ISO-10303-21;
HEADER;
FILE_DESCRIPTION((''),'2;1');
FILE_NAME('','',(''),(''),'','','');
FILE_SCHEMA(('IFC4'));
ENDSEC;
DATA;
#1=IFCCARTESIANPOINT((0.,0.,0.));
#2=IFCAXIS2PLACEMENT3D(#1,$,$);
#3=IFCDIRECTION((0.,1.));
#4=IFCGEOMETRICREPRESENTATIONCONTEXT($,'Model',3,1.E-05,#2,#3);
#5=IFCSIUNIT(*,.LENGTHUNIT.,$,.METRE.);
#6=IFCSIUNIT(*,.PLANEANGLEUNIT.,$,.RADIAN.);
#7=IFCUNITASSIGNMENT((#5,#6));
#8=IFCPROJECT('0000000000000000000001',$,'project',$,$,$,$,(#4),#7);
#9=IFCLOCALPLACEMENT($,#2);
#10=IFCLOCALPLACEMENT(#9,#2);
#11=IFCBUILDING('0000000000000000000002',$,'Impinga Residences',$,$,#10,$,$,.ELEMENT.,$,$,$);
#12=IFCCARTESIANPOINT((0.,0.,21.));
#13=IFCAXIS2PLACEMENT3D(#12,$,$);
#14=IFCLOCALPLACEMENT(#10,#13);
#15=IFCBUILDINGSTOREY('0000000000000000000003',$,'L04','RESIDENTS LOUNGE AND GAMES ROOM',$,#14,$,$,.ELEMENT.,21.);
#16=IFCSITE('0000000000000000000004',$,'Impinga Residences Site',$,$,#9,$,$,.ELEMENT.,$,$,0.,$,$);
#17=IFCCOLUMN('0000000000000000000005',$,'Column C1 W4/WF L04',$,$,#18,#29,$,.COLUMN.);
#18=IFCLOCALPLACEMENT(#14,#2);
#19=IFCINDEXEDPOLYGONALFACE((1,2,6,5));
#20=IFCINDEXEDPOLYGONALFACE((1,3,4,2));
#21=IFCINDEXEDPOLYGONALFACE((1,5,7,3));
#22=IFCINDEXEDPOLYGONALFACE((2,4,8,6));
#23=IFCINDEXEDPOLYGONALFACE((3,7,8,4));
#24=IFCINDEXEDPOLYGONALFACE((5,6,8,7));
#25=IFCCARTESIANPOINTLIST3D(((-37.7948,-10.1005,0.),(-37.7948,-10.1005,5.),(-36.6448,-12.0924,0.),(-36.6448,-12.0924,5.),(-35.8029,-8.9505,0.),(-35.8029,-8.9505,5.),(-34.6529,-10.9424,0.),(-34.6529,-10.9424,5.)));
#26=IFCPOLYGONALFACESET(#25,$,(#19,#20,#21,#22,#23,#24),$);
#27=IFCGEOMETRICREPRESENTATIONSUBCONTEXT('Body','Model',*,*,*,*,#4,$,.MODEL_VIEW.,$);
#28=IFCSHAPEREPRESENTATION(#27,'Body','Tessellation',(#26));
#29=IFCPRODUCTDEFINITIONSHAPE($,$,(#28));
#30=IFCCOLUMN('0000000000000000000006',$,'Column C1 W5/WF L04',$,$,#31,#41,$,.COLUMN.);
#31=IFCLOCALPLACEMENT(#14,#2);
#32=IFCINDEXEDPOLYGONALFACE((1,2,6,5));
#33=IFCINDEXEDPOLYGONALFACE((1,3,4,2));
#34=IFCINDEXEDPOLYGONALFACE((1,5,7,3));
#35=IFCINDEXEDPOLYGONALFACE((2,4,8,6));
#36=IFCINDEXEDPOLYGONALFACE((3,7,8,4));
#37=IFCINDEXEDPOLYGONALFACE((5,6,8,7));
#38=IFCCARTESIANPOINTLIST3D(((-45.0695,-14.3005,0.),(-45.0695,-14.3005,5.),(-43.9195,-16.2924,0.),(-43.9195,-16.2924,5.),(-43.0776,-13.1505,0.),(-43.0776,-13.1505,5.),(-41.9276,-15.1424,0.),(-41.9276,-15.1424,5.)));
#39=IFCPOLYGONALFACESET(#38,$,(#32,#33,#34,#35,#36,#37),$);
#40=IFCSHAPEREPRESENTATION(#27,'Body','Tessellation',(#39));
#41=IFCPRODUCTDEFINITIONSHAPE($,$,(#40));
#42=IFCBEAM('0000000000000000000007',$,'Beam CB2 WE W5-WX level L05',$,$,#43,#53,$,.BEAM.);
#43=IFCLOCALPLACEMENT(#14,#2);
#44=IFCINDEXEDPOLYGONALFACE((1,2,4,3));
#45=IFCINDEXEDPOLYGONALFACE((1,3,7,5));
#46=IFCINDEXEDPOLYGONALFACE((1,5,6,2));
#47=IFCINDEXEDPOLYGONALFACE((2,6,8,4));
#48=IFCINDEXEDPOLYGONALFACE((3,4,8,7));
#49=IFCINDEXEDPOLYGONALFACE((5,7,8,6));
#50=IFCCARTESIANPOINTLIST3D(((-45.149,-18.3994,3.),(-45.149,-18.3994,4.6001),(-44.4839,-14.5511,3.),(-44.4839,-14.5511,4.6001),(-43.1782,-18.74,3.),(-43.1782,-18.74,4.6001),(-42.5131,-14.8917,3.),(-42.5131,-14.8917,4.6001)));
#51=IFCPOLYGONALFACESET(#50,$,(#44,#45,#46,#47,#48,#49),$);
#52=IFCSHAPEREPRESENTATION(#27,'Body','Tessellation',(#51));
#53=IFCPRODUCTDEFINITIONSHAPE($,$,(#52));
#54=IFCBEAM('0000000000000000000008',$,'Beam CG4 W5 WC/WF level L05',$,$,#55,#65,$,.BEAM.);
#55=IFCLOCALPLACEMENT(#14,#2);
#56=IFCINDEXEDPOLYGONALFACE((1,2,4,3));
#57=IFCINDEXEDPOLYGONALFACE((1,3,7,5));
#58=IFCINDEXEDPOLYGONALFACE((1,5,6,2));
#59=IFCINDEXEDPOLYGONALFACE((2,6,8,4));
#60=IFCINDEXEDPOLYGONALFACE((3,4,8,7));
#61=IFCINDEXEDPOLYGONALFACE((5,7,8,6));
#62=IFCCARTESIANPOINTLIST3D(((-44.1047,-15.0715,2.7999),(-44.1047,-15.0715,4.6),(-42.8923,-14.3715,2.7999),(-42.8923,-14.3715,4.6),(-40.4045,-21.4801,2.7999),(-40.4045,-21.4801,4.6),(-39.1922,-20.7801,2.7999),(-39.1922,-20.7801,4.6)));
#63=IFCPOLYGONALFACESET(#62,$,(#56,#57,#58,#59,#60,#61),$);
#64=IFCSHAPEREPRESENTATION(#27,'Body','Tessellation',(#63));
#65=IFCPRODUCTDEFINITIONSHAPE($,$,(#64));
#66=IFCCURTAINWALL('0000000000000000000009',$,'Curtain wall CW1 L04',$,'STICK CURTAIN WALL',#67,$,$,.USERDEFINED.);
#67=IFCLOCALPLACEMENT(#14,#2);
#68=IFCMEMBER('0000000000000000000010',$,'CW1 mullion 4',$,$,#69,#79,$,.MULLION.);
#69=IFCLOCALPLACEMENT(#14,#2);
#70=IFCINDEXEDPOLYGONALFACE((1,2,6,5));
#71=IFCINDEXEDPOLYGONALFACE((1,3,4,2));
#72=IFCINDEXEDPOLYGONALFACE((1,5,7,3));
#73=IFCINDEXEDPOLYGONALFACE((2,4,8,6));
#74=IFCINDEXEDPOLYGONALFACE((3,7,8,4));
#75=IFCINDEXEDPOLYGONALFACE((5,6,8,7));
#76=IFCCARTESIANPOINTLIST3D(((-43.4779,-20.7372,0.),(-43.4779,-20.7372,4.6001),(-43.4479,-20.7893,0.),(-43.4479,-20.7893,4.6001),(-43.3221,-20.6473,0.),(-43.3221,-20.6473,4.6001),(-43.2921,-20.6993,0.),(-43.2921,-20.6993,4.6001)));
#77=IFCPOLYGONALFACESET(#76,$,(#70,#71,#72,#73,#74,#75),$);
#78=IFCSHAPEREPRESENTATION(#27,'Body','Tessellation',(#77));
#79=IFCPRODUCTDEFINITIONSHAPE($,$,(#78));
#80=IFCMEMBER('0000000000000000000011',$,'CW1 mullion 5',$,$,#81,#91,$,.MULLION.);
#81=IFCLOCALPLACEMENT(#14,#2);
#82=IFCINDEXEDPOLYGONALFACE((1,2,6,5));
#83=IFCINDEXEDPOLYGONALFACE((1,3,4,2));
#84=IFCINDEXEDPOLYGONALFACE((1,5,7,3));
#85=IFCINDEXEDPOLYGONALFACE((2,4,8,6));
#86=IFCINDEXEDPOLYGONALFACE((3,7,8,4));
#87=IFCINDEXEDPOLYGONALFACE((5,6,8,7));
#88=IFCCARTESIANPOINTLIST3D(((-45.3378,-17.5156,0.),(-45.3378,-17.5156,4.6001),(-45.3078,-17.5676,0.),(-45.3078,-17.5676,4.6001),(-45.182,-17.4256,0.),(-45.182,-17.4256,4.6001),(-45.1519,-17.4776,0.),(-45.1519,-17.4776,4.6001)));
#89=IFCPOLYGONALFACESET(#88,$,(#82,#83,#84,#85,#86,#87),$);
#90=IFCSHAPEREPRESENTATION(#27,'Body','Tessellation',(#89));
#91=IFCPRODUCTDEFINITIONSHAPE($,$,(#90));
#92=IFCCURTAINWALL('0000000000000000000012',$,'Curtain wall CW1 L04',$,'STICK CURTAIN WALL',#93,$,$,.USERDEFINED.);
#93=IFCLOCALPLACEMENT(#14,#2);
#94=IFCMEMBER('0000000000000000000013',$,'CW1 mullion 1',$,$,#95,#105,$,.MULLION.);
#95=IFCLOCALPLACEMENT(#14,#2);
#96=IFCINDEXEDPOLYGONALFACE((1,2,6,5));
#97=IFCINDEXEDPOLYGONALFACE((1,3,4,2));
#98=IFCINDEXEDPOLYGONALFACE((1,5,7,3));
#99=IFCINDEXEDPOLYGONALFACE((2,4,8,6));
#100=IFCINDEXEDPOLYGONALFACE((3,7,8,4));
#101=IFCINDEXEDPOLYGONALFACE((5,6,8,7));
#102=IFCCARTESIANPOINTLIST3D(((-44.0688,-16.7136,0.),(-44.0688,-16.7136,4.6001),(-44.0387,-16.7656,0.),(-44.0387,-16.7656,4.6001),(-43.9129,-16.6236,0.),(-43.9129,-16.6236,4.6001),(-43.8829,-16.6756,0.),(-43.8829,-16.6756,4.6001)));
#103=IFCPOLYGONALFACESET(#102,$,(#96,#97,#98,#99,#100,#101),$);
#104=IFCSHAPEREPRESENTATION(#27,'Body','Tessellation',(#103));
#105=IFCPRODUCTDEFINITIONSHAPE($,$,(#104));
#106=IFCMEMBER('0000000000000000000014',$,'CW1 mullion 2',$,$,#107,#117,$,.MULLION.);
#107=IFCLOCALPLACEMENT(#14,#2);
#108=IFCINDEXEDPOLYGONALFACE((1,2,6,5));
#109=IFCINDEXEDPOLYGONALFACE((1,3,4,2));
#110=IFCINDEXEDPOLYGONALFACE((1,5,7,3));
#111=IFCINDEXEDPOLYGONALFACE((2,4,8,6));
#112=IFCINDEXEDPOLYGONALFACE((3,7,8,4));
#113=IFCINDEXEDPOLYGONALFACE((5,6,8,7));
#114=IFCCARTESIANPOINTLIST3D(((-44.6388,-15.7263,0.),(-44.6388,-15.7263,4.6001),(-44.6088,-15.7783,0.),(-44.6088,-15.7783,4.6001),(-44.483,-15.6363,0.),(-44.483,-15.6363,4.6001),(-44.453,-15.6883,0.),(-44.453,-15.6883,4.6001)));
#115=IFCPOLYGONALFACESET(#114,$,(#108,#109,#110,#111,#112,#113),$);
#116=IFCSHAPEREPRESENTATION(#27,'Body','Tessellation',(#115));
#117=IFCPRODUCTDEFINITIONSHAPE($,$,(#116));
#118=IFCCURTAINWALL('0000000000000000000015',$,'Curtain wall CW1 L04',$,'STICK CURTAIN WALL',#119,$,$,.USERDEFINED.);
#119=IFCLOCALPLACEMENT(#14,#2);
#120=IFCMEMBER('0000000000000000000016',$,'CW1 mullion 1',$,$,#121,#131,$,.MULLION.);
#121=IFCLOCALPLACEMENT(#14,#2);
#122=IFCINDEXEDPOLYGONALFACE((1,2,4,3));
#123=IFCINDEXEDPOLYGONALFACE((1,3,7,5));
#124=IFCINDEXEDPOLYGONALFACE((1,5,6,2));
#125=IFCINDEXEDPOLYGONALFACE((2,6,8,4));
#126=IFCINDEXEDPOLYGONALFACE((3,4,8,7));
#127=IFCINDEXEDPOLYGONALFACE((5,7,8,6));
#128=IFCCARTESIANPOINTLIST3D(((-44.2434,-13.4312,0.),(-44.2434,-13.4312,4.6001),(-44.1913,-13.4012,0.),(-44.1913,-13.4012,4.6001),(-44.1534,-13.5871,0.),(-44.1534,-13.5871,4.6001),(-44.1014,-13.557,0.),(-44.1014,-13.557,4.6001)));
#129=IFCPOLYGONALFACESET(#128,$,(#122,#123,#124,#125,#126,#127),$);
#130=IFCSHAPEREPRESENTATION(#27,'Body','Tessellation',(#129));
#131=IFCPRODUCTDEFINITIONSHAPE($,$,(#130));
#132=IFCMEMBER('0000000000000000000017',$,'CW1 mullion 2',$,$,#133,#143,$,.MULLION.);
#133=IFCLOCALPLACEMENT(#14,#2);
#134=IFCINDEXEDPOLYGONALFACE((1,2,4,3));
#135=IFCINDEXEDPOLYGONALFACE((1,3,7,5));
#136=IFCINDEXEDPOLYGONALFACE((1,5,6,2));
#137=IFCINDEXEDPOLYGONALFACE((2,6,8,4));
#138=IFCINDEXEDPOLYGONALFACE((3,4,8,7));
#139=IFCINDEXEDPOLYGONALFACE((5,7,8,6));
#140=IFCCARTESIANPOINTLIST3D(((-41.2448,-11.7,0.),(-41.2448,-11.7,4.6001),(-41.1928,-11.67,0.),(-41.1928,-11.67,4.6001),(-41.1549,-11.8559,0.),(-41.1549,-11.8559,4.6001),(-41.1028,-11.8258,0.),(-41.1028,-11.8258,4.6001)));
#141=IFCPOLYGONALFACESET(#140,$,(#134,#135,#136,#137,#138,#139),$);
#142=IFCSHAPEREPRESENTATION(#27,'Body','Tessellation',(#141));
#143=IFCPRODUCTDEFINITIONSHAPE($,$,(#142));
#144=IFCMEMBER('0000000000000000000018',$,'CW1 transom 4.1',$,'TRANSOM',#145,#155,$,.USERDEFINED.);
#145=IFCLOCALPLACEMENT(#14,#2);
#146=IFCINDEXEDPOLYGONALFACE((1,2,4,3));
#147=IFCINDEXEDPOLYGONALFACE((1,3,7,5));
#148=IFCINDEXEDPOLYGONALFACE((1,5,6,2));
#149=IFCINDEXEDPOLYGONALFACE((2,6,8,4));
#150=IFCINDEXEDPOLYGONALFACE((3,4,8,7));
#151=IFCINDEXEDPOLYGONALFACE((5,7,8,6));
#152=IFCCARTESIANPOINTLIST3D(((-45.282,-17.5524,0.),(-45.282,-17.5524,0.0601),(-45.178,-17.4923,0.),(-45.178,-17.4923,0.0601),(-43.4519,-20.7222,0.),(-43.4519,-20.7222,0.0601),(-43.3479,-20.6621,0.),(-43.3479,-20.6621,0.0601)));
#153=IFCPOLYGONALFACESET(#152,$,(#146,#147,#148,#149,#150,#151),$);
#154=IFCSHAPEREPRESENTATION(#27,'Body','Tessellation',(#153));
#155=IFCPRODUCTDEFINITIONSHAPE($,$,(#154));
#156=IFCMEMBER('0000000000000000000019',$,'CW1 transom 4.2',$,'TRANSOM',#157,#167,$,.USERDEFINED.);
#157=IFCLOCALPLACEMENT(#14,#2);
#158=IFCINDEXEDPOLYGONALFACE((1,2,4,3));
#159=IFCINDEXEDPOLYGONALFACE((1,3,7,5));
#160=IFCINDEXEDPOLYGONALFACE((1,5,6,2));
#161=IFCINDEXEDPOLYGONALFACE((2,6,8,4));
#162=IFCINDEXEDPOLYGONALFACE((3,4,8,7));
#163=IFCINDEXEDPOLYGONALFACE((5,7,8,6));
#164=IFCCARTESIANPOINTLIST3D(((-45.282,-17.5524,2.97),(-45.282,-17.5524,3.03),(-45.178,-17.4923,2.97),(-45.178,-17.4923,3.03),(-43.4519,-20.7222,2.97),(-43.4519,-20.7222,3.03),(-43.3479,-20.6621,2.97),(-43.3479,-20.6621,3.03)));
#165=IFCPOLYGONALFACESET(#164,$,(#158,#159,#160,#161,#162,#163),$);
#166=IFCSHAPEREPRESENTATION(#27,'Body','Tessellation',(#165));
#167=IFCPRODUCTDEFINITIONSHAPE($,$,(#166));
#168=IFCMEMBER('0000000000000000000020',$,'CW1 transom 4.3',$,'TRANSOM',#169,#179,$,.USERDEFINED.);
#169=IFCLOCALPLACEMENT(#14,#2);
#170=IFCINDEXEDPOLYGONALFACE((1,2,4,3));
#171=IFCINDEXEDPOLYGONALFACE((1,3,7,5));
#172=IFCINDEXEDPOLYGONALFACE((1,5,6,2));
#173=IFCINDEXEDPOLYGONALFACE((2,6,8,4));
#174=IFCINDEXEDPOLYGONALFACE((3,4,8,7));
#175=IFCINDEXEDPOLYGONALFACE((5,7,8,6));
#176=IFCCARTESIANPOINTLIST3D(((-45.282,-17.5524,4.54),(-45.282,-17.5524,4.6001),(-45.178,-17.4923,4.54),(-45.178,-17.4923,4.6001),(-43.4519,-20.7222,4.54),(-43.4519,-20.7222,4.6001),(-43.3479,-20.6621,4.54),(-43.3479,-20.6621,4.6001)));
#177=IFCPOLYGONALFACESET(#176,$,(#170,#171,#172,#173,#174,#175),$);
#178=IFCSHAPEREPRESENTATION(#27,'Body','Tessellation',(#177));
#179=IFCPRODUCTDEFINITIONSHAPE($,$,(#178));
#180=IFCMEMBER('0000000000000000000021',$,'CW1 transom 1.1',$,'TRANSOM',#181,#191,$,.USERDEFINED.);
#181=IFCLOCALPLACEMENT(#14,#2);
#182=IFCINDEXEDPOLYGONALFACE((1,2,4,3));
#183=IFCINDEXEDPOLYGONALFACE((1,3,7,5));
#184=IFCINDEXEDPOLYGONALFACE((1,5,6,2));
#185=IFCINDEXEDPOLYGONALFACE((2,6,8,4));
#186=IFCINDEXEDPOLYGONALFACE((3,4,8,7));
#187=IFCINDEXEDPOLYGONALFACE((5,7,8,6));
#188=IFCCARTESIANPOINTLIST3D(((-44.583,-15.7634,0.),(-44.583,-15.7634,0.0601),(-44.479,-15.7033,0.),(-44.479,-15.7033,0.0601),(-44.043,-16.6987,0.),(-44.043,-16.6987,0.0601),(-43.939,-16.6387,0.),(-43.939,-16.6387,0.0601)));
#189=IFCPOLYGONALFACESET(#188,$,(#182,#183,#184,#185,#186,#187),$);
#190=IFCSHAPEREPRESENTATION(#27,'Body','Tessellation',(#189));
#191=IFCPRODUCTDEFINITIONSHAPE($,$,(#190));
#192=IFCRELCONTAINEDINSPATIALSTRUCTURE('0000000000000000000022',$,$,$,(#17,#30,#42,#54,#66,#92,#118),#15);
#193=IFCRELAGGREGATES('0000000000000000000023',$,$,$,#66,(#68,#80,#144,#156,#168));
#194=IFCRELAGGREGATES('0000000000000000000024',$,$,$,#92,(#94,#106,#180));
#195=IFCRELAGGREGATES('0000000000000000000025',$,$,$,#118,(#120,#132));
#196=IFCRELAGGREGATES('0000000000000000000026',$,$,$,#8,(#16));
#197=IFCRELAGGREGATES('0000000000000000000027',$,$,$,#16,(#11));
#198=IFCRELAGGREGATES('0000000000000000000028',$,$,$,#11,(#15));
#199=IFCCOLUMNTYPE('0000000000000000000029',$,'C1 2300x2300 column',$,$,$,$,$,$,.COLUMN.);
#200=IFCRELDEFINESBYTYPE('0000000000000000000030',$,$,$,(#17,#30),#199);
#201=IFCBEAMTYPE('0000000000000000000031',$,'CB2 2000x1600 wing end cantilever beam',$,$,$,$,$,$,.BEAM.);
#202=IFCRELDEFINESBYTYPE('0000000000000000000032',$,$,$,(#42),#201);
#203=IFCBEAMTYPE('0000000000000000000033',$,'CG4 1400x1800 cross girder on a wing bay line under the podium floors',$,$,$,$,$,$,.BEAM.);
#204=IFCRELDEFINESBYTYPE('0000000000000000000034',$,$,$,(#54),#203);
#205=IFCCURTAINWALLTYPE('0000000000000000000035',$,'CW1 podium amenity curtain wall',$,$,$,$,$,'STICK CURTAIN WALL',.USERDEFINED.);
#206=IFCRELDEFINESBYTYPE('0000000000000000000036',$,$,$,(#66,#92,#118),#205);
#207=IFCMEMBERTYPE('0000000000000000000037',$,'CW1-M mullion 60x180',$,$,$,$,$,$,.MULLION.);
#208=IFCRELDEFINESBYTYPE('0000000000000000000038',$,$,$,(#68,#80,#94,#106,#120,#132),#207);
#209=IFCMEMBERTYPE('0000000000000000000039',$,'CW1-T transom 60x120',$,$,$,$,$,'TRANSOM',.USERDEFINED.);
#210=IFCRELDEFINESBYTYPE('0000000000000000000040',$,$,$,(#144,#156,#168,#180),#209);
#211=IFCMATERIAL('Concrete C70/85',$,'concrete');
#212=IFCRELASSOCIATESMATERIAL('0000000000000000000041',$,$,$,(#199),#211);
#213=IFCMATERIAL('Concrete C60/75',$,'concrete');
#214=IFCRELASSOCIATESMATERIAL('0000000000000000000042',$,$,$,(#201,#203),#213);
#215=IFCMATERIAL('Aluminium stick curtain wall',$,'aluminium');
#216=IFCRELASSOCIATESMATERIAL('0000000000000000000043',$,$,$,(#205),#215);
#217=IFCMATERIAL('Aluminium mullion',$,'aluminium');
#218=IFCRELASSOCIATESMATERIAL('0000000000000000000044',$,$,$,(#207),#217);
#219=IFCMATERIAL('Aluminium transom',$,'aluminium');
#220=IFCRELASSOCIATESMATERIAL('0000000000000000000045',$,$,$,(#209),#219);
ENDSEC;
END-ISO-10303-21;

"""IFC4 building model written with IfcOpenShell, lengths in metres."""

from ifc_helpers import new_model, si_unit, direction, frame, origin, origin_2d, place, context, subcontext, project, spatial, rectangle, extrude, material, material_profile, profile_set, type_object, element, aggregate, save


model = new_model("IFC4")

# Units and contexts
model_context = context("Model", 3, precision=1e-05, world=origin(), true_north=direction((0.0, 1.0)))
body_context = subcontext(model_context, "Body", "Model", "MODEL_VIEW")
ifc_project = project(units=[si_unit("LENGTHUNIT", "METRE"), si_unit("PLANEANGLEUNIT", "RADIAN")], contexts=[model_context])

# Site, building, storey
site_placement = place(None, origin())
site = spatial("IfcSite", under=ifc_project, at=site_placement, Name="Impinga Residences Site", CompositionType="ELEMENT", RefElevation=0.0)
building_placement = place(site_placement, origin())
building = spatial("IfcBuilding", under=site, at=building_placement, Name="Impinga Residences", CompositionType="ELEMENT")
storey_placement = place(building_placement, frame((0.0, 0.0, 21.0)))
storey = spatial("IfcBuildingStorey", under=building, at=storey_placement, Name="L04", Description="RESIDENTS LOUNGE AND GAMES ROOM", CompositionType="ELEMENT", Elevation=21.0)

# Columns
ifc_material_1 = material(Name="Concrete C70/85", Category="concrete")
ifc_material_profile_1 = material_profile(ifc_material_1, rectangle(XDim=2.3, YDim=2.3, at=origin_2d()), Name="RC 2300x2300")
ifc_profile_set_1 = profile_set([ifc_material_profile_1], Name="Concrete C70/85")
column_type = type_object("IfcColumnType", Name="C1 2300x2300 column", PredefinedType="COLUMN", material=ifc_profile_set_1)
for number, where, z_axis, x_axis, name in (
    (1, (-36.2239, -10.5215, 0.0), (0.0, 0.0, 1.0), (-0.5, 0.866025, 0.0), "Column C1 W4/WF L04"),
    (2, (-43.4985, -14.7214, 0.0), (0.0, 0.0, 1.0), (-0.5, 0.866025, 0.0), "Column C1 W5/WF L04"),
):
    element("IfcColumn", number, at=place(storey_placement, frame(where, z_axis=z_axis, x_axis=x_axis)), inside=storey, type_object=column_type, Name=name, PredefinedType="COLUMN", context=body_context, shape_type="SweptSolid", body=[
        extrude(rectangle(XDim=2.3, YDim=2.3, at=origin_2d()), origin(), (0.0, 0.0, 1.0), 5.0),
    ])

# Beams
ifc_material_2 = material(Name="Concrete C60/75", Category="concrete")
ifc_material_profile_2 = material_profile(ifc_material_2, rectangle(XDim=2.0, YDim=1.6001, at=origin_2d()), Name="RC 2000x1600")
ifc_profile_set_2 = profile_set([ifc_material_profile_2], Name="Concrete C60/75")
beam_type_1 = type_object("IfcBeamType", Name="CB2 2000x1600 wing end cantilever beam", PredefinedType="BEAM", material=ifc_profile_set_2)
beam_1_placement = place(storey_placement, frame((-43.4985, -14.7214, 3.8), z_axis=(-0.170296, -0.985393, 0.0), x_axis=(0.985393, -0.170296, 0.0)))
element("IfcBeam", 3, at=beam_1_placement, inside=storey, type_object=beam_type_1, Name="Beam CB2 WE W5-WX level L05", PredefinedType="BEAM", context=body_context, shape_type="SweptSolid", body=[
    extrude(rectangle(XDim=2.0, YDim=1.6001, at=origin_2d()), origin(), (0.0, 0.0, 1.0), 3.9053),
])
ifc_material_profile_3 = material_profile(ifc_material_2, rectangle(XDim=1.3999, YDim=1.8, at=origin_2d()), Name="RC 1400x1800")
ifc_profile_set_3 = profile_set([ifc_material_profile_3], Name="Concrete C60/75")
beam_type_2 = type_object("IfcBeamType", Name="CG4 1400x1800 cross girder on a wing bay line under the podium floors", PredefinedType="BEAM", material=ifc_profile_set_3)
beam_2_placement = place(storey_placement, frame((-39.7983, -21.1301, 3.7), z_axis=(-0.500014, 0.866017, 0.0), x_axis=(-0.866017, -0.500014, 0.0)))
element("IfcBeam", 4, at=beam_2_placement, inside=storey, type_object=beam_type_2, Name="Beam CG4 W5 WC/WF level L05", PredefinedType="BEAM", context=body_context, shape_type="SweptSolid", body=[
    extrude(rectangle(XDim=1.3999, YDim=1.8, at=origin_2d()), origin(), (0.0, 0.0, 1.0), 7.4001),
])

# Curtain walls, members
ifc_material_3 = material(Name="Aluminium stick curtain wall", Category="aluminium")
curtain_wall_type = type_object("IfcCurtainWallType", Name="CW1 podium amenity curtain wall", ElementType="STICK CURTAIN WALL", PredefinedType="USERDEFINED", material=ifc_material_3)
curtain_wall_1_placement = place(storey_placement, origin())
curtain_wall_1 = element("IfcCurtainWall", 5, at=curtain_wall_1_placement, inside=storey, type_object=curtain_wall_type, Name="Curtain wall CW1 L04", ObjectType="STICK CURTAIN WALL", PredefinedType="USERDEFINED")
ifc_material_4 = material(Name="Aluminium mullion", Category="aluminium")
ifc_material_profile_4 = material_profile(ifc_material_4, rectangle(XDim=0.0601, YDim=0.1799, at=origin_2d()), Name="60x180 mullion")
ifc_profile_set_4 = profile_set([ifc_material_profile_4], Name="Aluminium mullion")
member_type_1 = type_object("IfcMemberType", Name="CW1-M mullion 60x180", PredefinedType="MULLION", material=ifc_profile_set_4)
member_1_placement = place(storey_placement, frame((-43.385, -20.7183, 0.0), z_axis=(0.0, 0.0, 1.0), x_axis=(-0.5, 0.866025, 0.0)))
member_1 = element("IfcMember", 6, at=member_1_placement, type_object=member_type_1, Name="CW1 mullion 4", PredefinedType="MULLION", context=body_context, shape_type="SweptSolid", body=[
    extrude(rectangle(XDim=0.0601, YDim=0.1799, at=origin_2d()), origin(), (0.0, 0.0, 1.0), 4.6001),
])
member_2_placement = place(storey_placement, frame((-45.2449, -17.4966, 0.0), z_axis=(0.0, 0.0, 1.0), x_axis=(-0.5, 0.866025, 0.0)))
member_2 = element("IfcMember", 7, at=member_2_placement, type_object=member_type_1, Name="CW1 mullion 5", PredefinedType="MULLION", context=body_context, shape_type="SweptSolid", body=[
    extrude(rectangle(XDim=0.0601, YDim=0.1799, at=origin_2d()), origin(), (0.0, 0.0, 1.0), 4.6001),
])
curtain_wall_2_placement = place(storey_placement, origin())
curtain_wall_2 = element("IfcCurtainWall", 8, at=curtain_wall_2_placement, inside=storey, type_object=curtain_wall_type, Name="Curtain wall CW1 L04", ObjectType="STICK CURTAIN WALL", PredefinedType="USERDEFINED")
member_3_placement = place(storey_placement, frame((-43.9758, -16.6946, 0.0), z_axis=(0.0, 0.0, 1.0), x_axis=(-0.5, 0.866025, 0.0)))
member_3 = element("IfcMember", 9, at=member_3_placement, type_object=member_type_1, Name="CW1 mullion 1", PredefinedType="MULLION", context=body_context, shape_type="SweptSolid", body=[
    extrude(rectangle(XDim=0.0601, YDim=0.1799, at=origin_2d()), origin(), (0.0, 0.0, 1.0), 4.6001),
])
member_4_placement = place(storey_placement, frame((-44.5459, -15.7073, 0.0), z_axis=(0.0, 0.0, 1.0), x_axis=(-0.5, 0.866025, 0.0)))
member_4 = element("IfcMember", 10, at=member_4_placement, type_object=member_type_1, Name="CW1 mullion 2", PredefinedType="MULLION", context=body_context, shape_type="SweptSolid", body=[
    extrude(rectangle(XDim=0.0601, YDim=0.1799, at=origin_2d()), origin(), (0.0, 0.0, 1.0), 4.6001),
])
curtain_wall_3_placement = place(storey_placement, origin())
curtain_wall_3 = element("IfcCurtainWall", 11, at=curtain_wall_3_placement, inside=storey, type_object=curtain_wall_type, Name="Curtain wall CW1 L04", ObjectType="STICK CURTAIN WALL", PredefinedType="USERDEFINED")
member_5_placement = place(storey_placement, frame((-44.1724, -13.4941, 0.0), z_axis=(0.0, 0.0, 1.0), x_axis=(0.866026, 0.5, 0.0)))
member_5 = element("IfcMember", 12, at=member_5_placement, type_object=member_type_1, Name="CW1 mullion 1", PredefinedType="MULLION", context=body_context, shape_type="SweptSolid", body=[
    extrude(rectangle(XDim=0.0601, YDim=0.1799, at=origin_2d()), origin(), (0.0, 0.0, 1.0), 4.6001),
])
member_6_placement = place(storey_placement, frame((-41.1738, -11.7629, 0.0), z_axis=(0.0, 0.0, 1.0), x_axis=(0.866026, 0.5, 0.0)))
member_6 = element("IfcMember", 13, at=member_6_placement, type_object=member_type_1, Name="CW1 mullion 2", PredefinedType="MULLION", context=body_context, shape_type="SweptSolid", body=[
    extrude(rectangle(XDim=0.0601, YDim=0.1799, at=origin_2d()), origin(), (0.0, 0.0, 1.0), 4.6001),
])

# Members
ifc_material_5 = material(Name="Aluminium transom", Category="aluminium")
ifc_material_profile_5 = material_profile(ifc_material_5, rectangle(XDim=0.0601, YDim=0.1201, at=origin_2d()), Name="60x120 transom")
ifc_profile_set_5 = profile_set([ifc_material_profile_5], Name="Aluminium transom")
member_type_2 = type_object("IfcMemberType", Name="CW1-T transom 60x120", ElementType="TRANSOM", PredefinedType="USERDEFINED", material=ifc_profile_set_5)
member_7_placement = place(storey_placement, frame((-43.3999, -20.6921, 0.03), z_axis=(-0.500013, 0.866018, 0.0), x_axis=(0.0, 0.0, 1.0)))
member_7 = element("IfcMember", 14, at=member_7_placement, type_object=member_type_2, Name="CW1 transom 4.1", ObjectType="TRANSOM", PredefinedType="USERDEFINED", context=body_context, shape_type="SweptSolid", body=[
    extrude(rectangle(XDim=0.0601, YDim=0.1201, at=origin_2d()), origin(), (0.0, 0.0, 1.0), 3.6602),
])
member_8_placement = place(storey_placement, frame((-43.3999, -20.6921, 3.0), z_axis=(-0.500013, 0.866018, 0.0), x_axis=(0.0, 0.0, 1.0)))
member_8 = element("IfcMember", 15, at=member_8_placement, type_object=member_type_2, Name="CW1 transom 4.2", ObjectType="TRANSOM", PredefinedType="USERDEFINED", context=body_context, shape_type="SweptSolid", body=[
    extrude(rectangle(XDim=0.0601, YDim=0.1201, at=origin_2d()), origin(), (0.0, 0.0, 1.0), 3.6602),
])
member_9_placement = place(storey_placement, frame((-43.3999, -20.6921, 4.5701), z_axis=(-0.500013, 0.866018, 0.0), x_axis=(0.0, 0.0, 1.0)))
member_9 = element("IfcMember", 16, at=member_9_placement, type_object=member_type_2, Name="CW1 transom 4.3", ObjectType="TRANSOM", PredefinedType="USERDEFINED", context=body_context, shape_type="SweptSolid", body=[
    extrude(rectangle(XDim=0.0601, YDim=0.1201, at=origin_2d()), origin(), (0.0, 0.0, 1.0), 3.6602),
])
member_10_placement = place(storey_placement, frame((-43.991, -16.6687, 0.03), z_axis=(-0.500029, 0.866009, 0.0), x_axis=(0.0, 0.0, 1.0)))
member_10 = element("IfcMember", 17, at=member_10_placement, type_object=member_type_2, Name="CW1 transom 1.1", ObjectType="TRANSOM", PredefinedType="USERDEFINED", context=body_context, shape_type="SweptSolid", body=[
    extrude(rectangle(XDim=0.0601, YDim=0.1201, at=origin_2d()), origin(), (0.0, 0.0, 1.0), 1.0801),
])

aggregate(curtain_wall_1, [member_1, member_2, member_7, member_8, member_9])
aggregate(curtain_wall_2, [member_3, member_4, member_10])
aggregate(curtain_wall_3, [member_5, member_6])

save(model, "model.ifc")
